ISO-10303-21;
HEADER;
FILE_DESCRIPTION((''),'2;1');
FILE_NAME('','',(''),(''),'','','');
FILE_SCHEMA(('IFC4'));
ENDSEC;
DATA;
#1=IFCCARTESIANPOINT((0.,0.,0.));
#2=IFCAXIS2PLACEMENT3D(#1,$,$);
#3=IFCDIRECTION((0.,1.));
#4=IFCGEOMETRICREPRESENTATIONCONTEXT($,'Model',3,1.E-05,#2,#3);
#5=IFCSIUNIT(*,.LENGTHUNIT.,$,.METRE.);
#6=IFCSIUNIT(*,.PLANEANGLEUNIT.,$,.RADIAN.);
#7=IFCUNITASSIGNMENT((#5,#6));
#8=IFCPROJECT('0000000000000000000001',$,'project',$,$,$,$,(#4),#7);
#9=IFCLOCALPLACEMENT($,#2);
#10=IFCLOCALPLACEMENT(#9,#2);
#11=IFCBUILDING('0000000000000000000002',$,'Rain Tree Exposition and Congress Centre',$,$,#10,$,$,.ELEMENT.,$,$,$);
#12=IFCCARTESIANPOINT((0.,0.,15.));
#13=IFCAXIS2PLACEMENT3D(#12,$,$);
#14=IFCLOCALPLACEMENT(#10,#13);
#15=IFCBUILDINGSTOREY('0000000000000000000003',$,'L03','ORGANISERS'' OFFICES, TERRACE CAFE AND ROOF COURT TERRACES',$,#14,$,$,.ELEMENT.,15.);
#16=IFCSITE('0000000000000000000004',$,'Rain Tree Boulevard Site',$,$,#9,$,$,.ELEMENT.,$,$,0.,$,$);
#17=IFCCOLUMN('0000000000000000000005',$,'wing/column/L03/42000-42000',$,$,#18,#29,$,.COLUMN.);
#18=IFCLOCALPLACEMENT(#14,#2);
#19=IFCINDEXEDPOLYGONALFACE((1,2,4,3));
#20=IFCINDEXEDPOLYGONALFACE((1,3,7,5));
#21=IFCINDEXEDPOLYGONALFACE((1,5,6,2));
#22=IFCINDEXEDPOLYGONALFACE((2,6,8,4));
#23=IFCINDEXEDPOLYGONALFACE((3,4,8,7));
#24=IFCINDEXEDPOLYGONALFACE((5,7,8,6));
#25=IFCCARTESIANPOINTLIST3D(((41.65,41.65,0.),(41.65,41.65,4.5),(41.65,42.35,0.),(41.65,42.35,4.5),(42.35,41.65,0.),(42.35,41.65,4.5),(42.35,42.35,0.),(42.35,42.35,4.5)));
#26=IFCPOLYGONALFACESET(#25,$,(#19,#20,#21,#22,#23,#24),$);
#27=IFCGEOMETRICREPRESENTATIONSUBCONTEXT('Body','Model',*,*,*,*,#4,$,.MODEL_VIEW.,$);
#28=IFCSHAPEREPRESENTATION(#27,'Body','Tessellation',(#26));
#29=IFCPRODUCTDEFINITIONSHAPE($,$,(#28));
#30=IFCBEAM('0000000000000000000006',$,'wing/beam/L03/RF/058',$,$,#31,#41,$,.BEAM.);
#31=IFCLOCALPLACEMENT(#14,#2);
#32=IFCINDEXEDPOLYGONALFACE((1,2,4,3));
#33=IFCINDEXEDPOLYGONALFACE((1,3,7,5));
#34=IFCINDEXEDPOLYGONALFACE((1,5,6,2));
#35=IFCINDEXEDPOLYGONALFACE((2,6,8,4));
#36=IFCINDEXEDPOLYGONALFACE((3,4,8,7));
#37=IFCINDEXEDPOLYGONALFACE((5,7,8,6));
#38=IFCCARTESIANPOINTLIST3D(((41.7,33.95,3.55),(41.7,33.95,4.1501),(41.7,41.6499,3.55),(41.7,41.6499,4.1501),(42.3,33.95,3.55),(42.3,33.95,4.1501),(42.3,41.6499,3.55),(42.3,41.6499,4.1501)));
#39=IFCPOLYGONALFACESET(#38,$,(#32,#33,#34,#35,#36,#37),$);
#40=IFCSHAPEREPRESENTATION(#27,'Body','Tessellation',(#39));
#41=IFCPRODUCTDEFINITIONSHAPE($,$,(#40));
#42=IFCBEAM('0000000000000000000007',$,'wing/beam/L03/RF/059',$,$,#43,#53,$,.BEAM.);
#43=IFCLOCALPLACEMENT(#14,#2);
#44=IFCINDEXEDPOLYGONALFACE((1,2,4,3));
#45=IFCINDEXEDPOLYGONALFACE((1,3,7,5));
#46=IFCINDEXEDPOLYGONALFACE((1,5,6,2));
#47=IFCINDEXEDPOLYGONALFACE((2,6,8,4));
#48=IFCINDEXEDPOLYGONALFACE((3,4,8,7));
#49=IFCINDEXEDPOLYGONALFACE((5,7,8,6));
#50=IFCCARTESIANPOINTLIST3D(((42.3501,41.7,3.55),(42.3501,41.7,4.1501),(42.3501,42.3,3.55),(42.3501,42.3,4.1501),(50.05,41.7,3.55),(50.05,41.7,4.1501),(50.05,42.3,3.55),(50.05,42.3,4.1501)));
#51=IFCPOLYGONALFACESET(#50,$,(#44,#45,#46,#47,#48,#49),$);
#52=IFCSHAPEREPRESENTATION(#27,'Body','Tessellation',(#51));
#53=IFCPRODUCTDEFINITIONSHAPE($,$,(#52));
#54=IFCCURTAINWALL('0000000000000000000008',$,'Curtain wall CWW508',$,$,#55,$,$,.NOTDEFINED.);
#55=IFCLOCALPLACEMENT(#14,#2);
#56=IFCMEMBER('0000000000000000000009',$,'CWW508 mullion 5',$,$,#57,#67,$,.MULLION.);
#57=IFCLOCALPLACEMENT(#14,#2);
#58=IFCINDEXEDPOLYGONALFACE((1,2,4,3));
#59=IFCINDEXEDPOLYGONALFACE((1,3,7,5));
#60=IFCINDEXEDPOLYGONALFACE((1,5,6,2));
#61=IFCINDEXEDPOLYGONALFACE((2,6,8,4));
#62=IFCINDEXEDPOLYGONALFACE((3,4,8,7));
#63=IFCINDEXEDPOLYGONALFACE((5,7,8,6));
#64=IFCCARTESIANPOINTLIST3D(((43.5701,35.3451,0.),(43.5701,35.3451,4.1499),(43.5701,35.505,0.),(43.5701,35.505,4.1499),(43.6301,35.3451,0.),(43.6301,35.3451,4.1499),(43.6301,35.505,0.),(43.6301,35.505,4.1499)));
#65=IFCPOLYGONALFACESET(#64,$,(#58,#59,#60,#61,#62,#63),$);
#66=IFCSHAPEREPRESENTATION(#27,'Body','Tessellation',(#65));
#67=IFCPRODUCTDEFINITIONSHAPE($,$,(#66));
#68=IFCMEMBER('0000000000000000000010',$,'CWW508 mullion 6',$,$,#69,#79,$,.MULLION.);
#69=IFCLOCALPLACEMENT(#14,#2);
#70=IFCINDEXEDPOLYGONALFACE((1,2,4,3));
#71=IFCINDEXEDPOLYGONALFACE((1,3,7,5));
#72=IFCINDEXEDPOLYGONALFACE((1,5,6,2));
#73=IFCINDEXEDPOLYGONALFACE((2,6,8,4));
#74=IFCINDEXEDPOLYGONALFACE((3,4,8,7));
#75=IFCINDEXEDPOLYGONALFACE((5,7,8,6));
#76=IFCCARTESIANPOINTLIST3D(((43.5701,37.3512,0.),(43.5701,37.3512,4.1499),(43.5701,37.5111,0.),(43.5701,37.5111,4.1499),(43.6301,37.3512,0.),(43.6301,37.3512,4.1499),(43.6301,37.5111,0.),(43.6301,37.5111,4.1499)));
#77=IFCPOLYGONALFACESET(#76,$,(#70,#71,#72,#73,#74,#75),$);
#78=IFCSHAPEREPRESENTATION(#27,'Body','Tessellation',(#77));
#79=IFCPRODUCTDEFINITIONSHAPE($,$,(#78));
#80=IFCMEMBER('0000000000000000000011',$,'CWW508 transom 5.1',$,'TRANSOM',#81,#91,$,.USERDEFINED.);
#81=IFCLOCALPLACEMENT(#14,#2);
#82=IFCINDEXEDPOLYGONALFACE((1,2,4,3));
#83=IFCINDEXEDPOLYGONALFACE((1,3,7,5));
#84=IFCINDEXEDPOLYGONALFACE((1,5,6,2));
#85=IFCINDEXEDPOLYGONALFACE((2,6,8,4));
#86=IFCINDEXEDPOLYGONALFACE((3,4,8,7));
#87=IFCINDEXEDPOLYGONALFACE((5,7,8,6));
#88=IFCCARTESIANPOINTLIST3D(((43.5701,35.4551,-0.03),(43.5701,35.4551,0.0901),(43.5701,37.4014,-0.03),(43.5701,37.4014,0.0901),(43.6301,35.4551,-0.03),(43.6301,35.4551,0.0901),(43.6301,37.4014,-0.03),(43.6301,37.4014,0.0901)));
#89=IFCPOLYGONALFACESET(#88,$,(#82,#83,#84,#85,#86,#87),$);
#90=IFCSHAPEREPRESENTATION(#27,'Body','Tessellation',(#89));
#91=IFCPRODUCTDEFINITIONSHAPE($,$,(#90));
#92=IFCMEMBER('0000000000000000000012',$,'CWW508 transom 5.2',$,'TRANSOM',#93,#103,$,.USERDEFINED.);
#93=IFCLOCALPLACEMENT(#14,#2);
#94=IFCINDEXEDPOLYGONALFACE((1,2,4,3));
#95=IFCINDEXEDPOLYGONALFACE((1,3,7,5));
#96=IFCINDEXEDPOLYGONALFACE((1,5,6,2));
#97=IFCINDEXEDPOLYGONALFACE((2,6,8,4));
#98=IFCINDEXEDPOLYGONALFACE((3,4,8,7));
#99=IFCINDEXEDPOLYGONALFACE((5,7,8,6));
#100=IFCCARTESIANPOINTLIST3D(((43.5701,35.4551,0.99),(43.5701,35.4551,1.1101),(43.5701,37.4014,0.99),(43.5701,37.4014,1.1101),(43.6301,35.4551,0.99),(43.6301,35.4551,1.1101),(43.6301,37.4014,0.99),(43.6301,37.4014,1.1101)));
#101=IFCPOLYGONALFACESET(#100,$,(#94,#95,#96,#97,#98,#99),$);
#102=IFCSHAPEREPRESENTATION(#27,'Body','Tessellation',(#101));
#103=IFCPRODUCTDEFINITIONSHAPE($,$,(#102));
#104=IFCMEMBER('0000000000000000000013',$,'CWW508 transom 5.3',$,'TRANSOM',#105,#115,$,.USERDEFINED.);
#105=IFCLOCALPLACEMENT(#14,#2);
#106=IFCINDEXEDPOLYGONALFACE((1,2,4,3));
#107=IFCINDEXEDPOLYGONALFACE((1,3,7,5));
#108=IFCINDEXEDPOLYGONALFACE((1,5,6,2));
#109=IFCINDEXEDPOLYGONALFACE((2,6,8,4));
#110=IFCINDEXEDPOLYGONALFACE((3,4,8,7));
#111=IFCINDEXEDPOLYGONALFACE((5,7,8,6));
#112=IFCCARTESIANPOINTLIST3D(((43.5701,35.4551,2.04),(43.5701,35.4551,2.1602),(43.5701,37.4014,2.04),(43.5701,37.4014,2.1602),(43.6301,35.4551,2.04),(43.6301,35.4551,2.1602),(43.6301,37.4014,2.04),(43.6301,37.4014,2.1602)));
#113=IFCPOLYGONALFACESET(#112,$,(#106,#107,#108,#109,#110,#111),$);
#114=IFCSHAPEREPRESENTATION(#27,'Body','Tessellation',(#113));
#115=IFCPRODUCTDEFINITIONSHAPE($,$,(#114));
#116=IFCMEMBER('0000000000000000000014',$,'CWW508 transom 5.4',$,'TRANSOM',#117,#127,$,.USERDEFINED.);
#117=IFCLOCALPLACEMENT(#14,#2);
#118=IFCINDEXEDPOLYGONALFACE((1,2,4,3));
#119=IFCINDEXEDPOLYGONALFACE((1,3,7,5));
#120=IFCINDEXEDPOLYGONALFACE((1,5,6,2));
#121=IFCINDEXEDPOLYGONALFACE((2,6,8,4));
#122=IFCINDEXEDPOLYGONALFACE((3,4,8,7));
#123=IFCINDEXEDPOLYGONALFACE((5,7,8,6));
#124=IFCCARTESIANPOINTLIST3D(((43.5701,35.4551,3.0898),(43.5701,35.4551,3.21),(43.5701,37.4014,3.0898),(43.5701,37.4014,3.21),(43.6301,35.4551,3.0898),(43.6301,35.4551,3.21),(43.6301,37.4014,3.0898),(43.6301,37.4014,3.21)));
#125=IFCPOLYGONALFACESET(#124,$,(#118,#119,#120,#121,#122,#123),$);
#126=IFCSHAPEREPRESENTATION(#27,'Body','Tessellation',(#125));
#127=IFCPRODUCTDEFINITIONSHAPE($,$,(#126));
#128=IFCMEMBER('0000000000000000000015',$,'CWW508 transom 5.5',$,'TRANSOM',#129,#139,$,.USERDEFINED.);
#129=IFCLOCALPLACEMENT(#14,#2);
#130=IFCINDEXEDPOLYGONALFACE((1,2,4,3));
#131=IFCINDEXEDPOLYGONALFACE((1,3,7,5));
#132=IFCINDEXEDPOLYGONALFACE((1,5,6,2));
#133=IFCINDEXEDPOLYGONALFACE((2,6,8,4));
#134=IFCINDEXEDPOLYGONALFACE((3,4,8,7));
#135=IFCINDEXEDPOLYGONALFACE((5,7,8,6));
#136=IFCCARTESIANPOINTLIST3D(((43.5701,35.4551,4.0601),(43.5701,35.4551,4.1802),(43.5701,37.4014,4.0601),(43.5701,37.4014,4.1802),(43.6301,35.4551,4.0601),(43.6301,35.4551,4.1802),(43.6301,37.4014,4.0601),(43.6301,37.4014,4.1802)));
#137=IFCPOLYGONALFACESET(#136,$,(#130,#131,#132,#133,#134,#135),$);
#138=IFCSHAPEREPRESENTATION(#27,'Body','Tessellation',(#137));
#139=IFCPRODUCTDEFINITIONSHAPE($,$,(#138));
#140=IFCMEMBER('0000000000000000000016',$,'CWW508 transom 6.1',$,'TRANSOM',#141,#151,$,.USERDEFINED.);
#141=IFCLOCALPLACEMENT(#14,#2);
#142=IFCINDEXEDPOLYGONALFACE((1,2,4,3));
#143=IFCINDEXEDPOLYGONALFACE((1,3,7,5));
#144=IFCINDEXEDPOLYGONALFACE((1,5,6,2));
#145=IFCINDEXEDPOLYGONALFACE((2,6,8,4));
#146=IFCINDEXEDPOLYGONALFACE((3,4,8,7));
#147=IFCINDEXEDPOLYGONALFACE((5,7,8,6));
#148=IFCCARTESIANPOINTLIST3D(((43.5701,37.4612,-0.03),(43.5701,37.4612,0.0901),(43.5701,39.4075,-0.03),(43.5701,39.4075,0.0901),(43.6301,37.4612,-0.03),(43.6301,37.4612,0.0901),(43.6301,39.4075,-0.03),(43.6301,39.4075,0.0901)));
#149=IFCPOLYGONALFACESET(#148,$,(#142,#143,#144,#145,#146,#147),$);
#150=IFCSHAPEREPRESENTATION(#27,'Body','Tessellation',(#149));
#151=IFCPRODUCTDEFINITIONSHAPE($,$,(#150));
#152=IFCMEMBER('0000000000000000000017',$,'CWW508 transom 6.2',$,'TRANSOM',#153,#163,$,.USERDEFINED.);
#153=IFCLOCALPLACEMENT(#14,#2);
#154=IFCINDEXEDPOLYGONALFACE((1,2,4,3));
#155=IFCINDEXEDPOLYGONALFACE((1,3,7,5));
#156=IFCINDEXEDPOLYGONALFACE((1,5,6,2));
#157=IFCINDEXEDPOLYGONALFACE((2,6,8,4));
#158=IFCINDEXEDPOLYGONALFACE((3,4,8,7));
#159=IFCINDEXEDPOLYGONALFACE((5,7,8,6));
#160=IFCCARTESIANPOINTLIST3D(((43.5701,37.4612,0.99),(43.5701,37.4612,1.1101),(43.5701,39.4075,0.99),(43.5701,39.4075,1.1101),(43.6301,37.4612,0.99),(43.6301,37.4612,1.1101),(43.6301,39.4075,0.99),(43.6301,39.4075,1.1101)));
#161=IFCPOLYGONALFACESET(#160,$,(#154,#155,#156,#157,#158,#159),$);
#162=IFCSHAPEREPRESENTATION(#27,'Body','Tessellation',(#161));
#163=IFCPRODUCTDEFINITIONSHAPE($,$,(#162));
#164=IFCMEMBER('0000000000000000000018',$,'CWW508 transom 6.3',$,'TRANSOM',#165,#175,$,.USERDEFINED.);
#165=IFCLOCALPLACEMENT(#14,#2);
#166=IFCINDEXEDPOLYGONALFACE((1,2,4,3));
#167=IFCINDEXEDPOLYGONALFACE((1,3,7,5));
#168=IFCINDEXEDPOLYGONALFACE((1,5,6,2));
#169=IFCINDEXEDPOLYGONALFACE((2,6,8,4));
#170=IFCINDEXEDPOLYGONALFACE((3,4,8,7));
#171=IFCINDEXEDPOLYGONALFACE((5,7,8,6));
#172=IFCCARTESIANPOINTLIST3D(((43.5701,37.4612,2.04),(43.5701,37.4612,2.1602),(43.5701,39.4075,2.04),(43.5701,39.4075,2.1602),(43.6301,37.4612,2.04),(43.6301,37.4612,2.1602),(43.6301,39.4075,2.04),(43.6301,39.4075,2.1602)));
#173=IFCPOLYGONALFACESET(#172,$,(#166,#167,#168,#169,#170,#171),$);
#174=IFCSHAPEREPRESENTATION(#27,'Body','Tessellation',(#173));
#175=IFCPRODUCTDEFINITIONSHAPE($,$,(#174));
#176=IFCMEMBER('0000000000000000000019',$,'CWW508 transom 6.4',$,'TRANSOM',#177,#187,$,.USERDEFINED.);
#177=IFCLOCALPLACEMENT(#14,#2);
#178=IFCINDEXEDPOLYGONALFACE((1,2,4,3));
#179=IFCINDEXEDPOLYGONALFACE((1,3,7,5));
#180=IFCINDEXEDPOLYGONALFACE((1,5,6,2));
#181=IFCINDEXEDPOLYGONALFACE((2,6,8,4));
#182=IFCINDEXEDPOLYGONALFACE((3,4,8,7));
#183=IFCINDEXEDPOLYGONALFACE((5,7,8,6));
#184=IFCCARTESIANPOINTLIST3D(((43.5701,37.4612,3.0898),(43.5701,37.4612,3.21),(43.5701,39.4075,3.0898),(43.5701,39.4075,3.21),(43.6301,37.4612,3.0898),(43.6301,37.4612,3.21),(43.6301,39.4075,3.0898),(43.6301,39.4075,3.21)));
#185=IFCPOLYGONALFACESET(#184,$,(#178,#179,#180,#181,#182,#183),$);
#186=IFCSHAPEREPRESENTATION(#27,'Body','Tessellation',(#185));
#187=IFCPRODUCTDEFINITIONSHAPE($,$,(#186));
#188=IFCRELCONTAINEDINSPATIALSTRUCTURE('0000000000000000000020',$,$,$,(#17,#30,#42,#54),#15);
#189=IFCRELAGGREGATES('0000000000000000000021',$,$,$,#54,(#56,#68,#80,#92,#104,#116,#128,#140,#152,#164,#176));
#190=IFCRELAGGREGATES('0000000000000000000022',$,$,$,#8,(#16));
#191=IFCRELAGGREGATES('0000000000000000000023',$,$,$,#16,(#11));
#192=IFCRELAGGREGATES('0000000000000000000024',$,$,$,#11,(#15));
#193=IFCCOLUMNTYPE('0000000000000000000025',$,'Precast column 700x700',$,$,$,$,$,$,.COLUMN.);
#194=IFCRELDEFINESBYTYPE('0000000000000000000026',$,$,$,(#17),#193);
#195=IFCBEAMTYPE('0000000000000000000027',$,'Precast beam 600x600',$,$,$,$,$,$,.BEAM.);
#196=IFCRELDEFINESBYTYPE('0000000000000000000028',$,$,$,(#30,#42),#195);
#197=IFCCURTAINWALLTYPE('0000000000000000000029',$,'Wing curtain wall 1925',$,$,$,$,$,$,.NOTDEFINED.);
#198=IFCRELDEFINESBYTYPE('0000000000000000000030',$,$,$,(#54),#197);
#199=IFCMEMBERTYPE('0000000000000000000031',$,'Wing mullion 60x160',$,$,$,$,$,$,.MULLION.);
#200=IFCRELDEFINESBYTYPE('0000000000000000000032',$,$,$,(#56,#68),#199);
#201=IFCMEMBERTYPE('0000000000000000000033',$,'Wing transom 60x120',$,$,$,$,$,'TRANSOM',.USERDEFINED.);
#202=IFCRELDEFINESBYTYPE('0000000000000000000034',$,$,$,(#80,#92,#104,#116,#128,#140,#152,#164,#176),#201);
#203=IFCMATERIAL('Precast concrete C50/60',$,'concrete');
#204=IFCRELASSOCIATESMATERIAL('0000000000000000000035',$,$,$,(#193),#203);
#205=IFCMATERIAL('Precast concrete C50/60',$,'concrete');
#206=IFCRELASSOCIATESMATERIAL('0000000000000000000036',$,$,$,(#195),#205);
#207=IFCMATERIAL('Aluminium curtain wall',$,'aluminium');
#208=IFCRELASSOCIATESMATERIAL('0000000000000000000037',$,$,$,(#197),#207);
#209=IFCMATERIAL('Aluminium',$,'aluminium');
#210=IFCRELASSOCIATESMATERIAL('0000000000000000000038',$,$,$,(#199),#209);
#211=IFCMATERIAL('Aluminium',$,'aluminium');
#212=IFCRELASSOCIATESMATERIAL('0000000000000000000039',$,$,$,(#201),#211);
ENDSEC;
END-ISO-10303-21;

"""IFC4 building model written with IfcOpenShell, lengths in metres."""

from ifc_helpers import new_model, si_unit, direction, frame, origin, origin_2d, place, context, subcontext, project, spatial, rectangle, extrude, material, material_profile, profile_set, type_object, element, aggregate, save


model = new_model("IFC4")

# Units and contexts
model_context = context("Model", 3, precision=1e-05, world=origin(), true_north=direction((0.0, 1.0)))
body_context = subcontext(model_context, "Body", "Model", "MODEL_VIEW")
ifc_project = project(units=[si_unit("LENGTHUNIT", "METRE"), si_unit("PLANEANGLEUNIT", "RADIAN")], contexts=[model_context])

# Site, building, storey
site_placement = place(None, origin())
site = spatial("IfcSite", under=ifc_project, at=site_placement, Name="Rain Tree Boulevard Site", CompositionType="ELEMENT", RefElevation=0.0)
building_placement = place(site_placement, origin())
building = spatial("IfcBuilding", under=site, at=building_placement, Name="Rain Tree Exposition and Congress Centre", CompositionType="ELEMENT")
storey_placement = place(building_placement, frame((0.0, 0.0, 15.0)))
storey = spatial("IfcBuildingStorey", under=building, at=storey_placement, Name="L03", Description="ORGANISERS' OFFICES, TERRACE CAFE AND ROOF COURT TERRACES", CompositionType="ELEMENT", Elevation=15.0)

# Column
ifc_material_1 = material(Name="Precast concrete C50/60", Category="concrete")
ifc_material_profile_1 = material_profile(ifc_material_1, rectangle(XDim=0.7, YDim=0.7, at=origin_2d()), Name="RC 700x700")
ifc_profile_set_1 = profile_set([ifc_material_profile_1], Name="Precast concrete C50/60")
column_type = type_object("IfcColumnType", Name="Precast column 700x700", PredefinedType="COLUMN", material=ifc_profile_set_1)
column_placement = place(storey_placement, frame((42.0, 42.0, 0.0), z_axis=(0.0, 0.0, 1.0), x_axis=(1.0, 0.0, 0.0)))
element("IfcColumn", 1, at=column_placement, inside=storey, type_object=column_type, Name="wing/column/L03/42000-42000", PredefinedType="COLUMN", context=body_context, shape_type="SweptSolid", body=[
    extrude(rectangle(XDim=0.7, YDim=0.7, at=origin_2d()), origin(), (0.0, 0.0, 1.0), 4.5),
])

# Beams
ifc_material_2 = material(Name="Precast concrete C50/60", Category="concrete")
ifc_material_profile_2 = material_profile(ifc_material_2, rectangle(XDim=0.6001, YDim=0.6001, at=origin_2d()), Name="RC 600x600")
ifc_profile_set_2 = profile_set([ifc_material_profile_2], Name="Precast concrete C50/60")
beam_type = type_object("IfcBeamType", Name="Precast beam 600x600", PredefinedType="BEAM", material=ifc_profile_set_2)
for number, where, z_axis, x_axis, name in (
    (2, (42.0, 33.95, 3.8501), (0.0, 1.0, 0.0), (-1.0, 0.0, 0.0), "wing/beam/L03/RF/058"),
    (3, (42.3501, 42.0, 3.8501), (1.0, 0.0, 0.0), (0.0, 1.0, 0.0), "wing/beam/L03/RF/059"),
):
    element("IfcBeam", number, at=place(storey_placement, frame(where, z_axis=z_axis, x_axis=x_axis)), inside=storey, type_object=beam_type, Name=name, PredefinedType="BEAM", context=body_context, shape_type="SweptSolid", body=[
        extrude(rectangle(XDim=0.6001, YDim=0.6001, at=origin_2d()), origin(), (0.0, 0.0, 1.0), 7.7),
    ])

# Curtain wall, members
ifc_material_3 = material(Name="Aluminium curtain wall", Category="aluminium")
curtain_wall_type = type_object("IfcCurtainWallType", Name="Wing curtain wall 1925", PredefinedType="NOTDEFINED", material=ifc_material_3)
curtain_wall_placement = place(storey_placement, origin())
curtain_wall = element("IfcCurtainWall", 4, at=curtain_wall_placement, inside=storey, type_object=curtain_wall_type, Name="Curtain wall CWW508", PredefinedType="NOTDEFINED")
ifc_material_4 = material(Name="Aluminium", Category="aluminium")
ifc_material_profile_3 = material_profile(ifc_material_4, rectangle(XDim=0.0601, YDim=0.1599, at=origin_2d()), Name="Aluminium 60x160")
ifc_profile_set_3 = profile_set([ifc_material_profile_3], Name="Aluminium")
member_type_1 = type_object("IfcMemberType", Name="Wing mullion 60x160", PredefinedType="MULLION", material=ifc_profile_set_3)
member_1_placement = place(storey_placement, frame((43.6001, 35.425, 0.0), z_axis=(0.0, 0.0, 1.0), x_axis=(-1.0, 0.0, 0.0)))
member_1 = element("IfcMember", 5, at=member_1_placement, type_object=member_type_1, Name="CWW508 mullion 5", PredefinedType="MULLION", context=body_context, shape_type="SweptSolid", body=[
    extrude(rectangle(XDim=0.0601, YDim=0.1599, at=origin_2d()), origin(), (0.0, 0.0, 1.0), 4.1499),
])
member_2_placement = place(storey_placement, frame((43.6001, 37.4312, 0.0), z_axis=(0.0, 0.0, 1.0), x_axis=(-1.0, 0.0, 0.0)))
member_2 = element("IfcMember", 6, at=member_2_placement, type_object=member_type_1, Name="CWW508 mullion 6", PredefinedType="MULLION", context=body_context, shape_type="SweptSolid", body=[
    extrude(rectangle(XDim=0.0601, YDim=0.1599, at=origin_2d()), origin(), (0.0, 0.0, 1.0), 4.1499),
])
ifc_material_5 = material(Name="Aluminium", Category="aluminium")
ifc_material_profile_4 = material_profile(ifc_material_5, rectangle(XDim=0.0601, YDim=0.1201, at=origin_2d()), Name="Aluminium 60x120")
ifc_profile_set_4 = profile_set([ifc_material_profile_4], Name="Aluminium")
member_type_2 = type_object("IfcMemberType", Name="Wing transom 60x120", ElementType="TRANSOM", PredefinedType="USERDEFINED", material=ifc_profile_set_4)
member_3_placement = place(storey_placement, frame((43.6001, 35.4551, 0.03), z_axis=(0.0, 1.0, 0.0), x_axis=(-1.0, 0.0, 0.0)))
member_3 = element("IfcMember", 7, at=member_3_placement, type_object=member_type_2, Name="CWW508 transom 5.1", ObjectType="TRANSOM", PredefinedType="USERDEFINED", context=body_context, shape_type="SweptSolid", body=[
    extrude(rectangle(XDim=0.0601, YDim=0.1201, at=origin_2d()), origin(), (0.0, 0.0, 1.0), 1.9463),
])
member_4_placement = place(storey_placement, frame((43.6001, 35.4551, 1.05), z_axis=(0.0, 1.0, 0.0), x_axis=(-1.0, 0.0, 0.0)))
member_4 = element("IfcMember", 8, at=member_4_placement, type_object=member_type_2, Name="CWW508 transom 5.2", ObjectType="TRANSOM", PredefinedType="USERDEFINED", context=body_context, shape_type="SweptSolid", body=[
    extrude(rectangle(XDim=0.0601, YDim=0.1201, at=origin_2d()), origin(), (0.0, 0.0, 1.0), 1.9463),
])
member_5_placement = place(storey_placement, frame((43.6001, 35.4551, 2.1001), z_axis=(0.0, 1.0, 0.0), x_axis=(-1.0, 0.0, 0.0)))
member_5 = element("IfcMember", 9, at=member_5_placement, type_object=member_type_2, Name="CWW508 transom 5.3", ObjectType="TRANSOM", PredefinedType="USERDEFINED", context=body_context, shape_type="SweptSolid", body=[
    extrude(rectangle(XDim=0.0601, YDim=0.1201, at=origin_2d()), origin(), (0.0, 0.0, 1.0), 1.9463),
])
member_6_placement = place(storey_placement, frame((43.6001, 35.4551, 3.1499), z_axis=(0.0, 1.0, 0.0), x_axis=(-1.0, 0.0, 0.0)))
member_6 = element("IfcMember", 10, at=member_6_placement, type_object=member_type_2, Name="CWW508 transom 5.4", ObjectType="TRANSOM", PredefinedType="USERDEFINED", context=body_context, shape_type="SweptSolid", body=[
    extrude(rectangle(XDim=0.0601, YDim=0.1201, at=origin_2d()), origin(), (0.0, 0.0, 1.0), 1.9463),
])
member_7_placement = place(storey_placement, frame((43.6001, 35.4551, 4.1201), z_axis=(0.0, 1.0, 0.0), x_axis=(-1.0, 0.0, 0.0)))
member_7 = element("IfcMember", 11, at=member_7_placement, type_object=member_type_2, Name="CWW508 transom 5.5", ObjectType="TRANSOM", PredefinedType="USERDEFINED", context=body_context, shape_type="SweptSolid", body=[
    extrude(rectangle(XDim=0.0601, YDim=0.1201, at=origin_2d()), origin(), (0.0, 0.0, 1.0), 1.9463),
])
member_8_placement = place(storey_placement, frame((43.6001, 37.4612, 0.03), z_axis=(0.0, 1.0, 0.0), x_axis=(-1.0, 0.0, 0.0)))
member_8 = element("IfcMember", 12, at=member_8_placement, type_object=member_type_2, Name="CWW508 transom 6.1", ObjectType="TRANSOM", PredefinedType="USERDEFINED", context=body_context, shape_type="SweptSolid", body=[
    extrude(rectangle(XDim=0.0601, YDim=0.1201, at=origin_2d()), origin(), (0.0, 0.0, 1.0), 1.9463),
])
member_9_placement = place(storey_placement, frame((43.6001, 37.4612, 1.05), z_axis=(0.0, 1.0, 0.0), x_axis=(-1.0, 0.0, 0.0)))
member_9 = element("IfcMember", 13, at=member_9_placement, type_object=member_type_2, Name="CWW508 transom 6.2", ObjectType="TRANSOM", PredefinedType="USERDEFINED", context=body_context, shape_type="SweptSolid", body=[
    extrude(rectangle(XDim=0.0601, YDim=0.1201, at=origin_2d()), origin(), (0.0, 0.0, 1.0), 1.9463),
])
member_10_placement = place(storey_placement, frame((43.6001, 37.4612, 2.1001), z_axis=(0.0, 1.0, 0.0), x_axis=(-1.0, 0.0, 0.0)))
member_10 = element("IfcMember", 14, at=member_10_placement, type_object=member_type_2, Name="CWW508 transom 6.3", ObjectType="TRANSOM", PredefinedType="USERDEFINED", context=body_context, shape_type="SweptSolid", body=[
    extrude(rectangle(XDim=0.0601, YDim=0.1201, at=origin_2d()), origin(), (0.0, 0.0, 1.0), 1.9463),
])
member_11_placement = place(storey_placement, frame((43.6001, 37.4612, 3.1499), z_axis=(0.0, 1.0, 0.0), x_axis=(-1.0, 0.0, 0.0)))
member_11 = element("IfcMember", 15, at=member_11_placement, type_object=member_type_2, Name="CWW508 transom 6.4", ObjectType="TRANSOM", PredefinedType="USERDEFINED", context=body_context, shape_type="SweptSolid", body=[
    extrude(rectangle(XDim=0.0601, YDim=0.1201, at=origin_2d()), origin(), (0.0, 0.0, 1.0), 1.9463),
])
aggregate(curtain_wall, [member_1, member_2, member_3, member_4, member_5, member_6, member_7, member_8, member_9, member_10, member_11])

save(model, "model.ifc")
